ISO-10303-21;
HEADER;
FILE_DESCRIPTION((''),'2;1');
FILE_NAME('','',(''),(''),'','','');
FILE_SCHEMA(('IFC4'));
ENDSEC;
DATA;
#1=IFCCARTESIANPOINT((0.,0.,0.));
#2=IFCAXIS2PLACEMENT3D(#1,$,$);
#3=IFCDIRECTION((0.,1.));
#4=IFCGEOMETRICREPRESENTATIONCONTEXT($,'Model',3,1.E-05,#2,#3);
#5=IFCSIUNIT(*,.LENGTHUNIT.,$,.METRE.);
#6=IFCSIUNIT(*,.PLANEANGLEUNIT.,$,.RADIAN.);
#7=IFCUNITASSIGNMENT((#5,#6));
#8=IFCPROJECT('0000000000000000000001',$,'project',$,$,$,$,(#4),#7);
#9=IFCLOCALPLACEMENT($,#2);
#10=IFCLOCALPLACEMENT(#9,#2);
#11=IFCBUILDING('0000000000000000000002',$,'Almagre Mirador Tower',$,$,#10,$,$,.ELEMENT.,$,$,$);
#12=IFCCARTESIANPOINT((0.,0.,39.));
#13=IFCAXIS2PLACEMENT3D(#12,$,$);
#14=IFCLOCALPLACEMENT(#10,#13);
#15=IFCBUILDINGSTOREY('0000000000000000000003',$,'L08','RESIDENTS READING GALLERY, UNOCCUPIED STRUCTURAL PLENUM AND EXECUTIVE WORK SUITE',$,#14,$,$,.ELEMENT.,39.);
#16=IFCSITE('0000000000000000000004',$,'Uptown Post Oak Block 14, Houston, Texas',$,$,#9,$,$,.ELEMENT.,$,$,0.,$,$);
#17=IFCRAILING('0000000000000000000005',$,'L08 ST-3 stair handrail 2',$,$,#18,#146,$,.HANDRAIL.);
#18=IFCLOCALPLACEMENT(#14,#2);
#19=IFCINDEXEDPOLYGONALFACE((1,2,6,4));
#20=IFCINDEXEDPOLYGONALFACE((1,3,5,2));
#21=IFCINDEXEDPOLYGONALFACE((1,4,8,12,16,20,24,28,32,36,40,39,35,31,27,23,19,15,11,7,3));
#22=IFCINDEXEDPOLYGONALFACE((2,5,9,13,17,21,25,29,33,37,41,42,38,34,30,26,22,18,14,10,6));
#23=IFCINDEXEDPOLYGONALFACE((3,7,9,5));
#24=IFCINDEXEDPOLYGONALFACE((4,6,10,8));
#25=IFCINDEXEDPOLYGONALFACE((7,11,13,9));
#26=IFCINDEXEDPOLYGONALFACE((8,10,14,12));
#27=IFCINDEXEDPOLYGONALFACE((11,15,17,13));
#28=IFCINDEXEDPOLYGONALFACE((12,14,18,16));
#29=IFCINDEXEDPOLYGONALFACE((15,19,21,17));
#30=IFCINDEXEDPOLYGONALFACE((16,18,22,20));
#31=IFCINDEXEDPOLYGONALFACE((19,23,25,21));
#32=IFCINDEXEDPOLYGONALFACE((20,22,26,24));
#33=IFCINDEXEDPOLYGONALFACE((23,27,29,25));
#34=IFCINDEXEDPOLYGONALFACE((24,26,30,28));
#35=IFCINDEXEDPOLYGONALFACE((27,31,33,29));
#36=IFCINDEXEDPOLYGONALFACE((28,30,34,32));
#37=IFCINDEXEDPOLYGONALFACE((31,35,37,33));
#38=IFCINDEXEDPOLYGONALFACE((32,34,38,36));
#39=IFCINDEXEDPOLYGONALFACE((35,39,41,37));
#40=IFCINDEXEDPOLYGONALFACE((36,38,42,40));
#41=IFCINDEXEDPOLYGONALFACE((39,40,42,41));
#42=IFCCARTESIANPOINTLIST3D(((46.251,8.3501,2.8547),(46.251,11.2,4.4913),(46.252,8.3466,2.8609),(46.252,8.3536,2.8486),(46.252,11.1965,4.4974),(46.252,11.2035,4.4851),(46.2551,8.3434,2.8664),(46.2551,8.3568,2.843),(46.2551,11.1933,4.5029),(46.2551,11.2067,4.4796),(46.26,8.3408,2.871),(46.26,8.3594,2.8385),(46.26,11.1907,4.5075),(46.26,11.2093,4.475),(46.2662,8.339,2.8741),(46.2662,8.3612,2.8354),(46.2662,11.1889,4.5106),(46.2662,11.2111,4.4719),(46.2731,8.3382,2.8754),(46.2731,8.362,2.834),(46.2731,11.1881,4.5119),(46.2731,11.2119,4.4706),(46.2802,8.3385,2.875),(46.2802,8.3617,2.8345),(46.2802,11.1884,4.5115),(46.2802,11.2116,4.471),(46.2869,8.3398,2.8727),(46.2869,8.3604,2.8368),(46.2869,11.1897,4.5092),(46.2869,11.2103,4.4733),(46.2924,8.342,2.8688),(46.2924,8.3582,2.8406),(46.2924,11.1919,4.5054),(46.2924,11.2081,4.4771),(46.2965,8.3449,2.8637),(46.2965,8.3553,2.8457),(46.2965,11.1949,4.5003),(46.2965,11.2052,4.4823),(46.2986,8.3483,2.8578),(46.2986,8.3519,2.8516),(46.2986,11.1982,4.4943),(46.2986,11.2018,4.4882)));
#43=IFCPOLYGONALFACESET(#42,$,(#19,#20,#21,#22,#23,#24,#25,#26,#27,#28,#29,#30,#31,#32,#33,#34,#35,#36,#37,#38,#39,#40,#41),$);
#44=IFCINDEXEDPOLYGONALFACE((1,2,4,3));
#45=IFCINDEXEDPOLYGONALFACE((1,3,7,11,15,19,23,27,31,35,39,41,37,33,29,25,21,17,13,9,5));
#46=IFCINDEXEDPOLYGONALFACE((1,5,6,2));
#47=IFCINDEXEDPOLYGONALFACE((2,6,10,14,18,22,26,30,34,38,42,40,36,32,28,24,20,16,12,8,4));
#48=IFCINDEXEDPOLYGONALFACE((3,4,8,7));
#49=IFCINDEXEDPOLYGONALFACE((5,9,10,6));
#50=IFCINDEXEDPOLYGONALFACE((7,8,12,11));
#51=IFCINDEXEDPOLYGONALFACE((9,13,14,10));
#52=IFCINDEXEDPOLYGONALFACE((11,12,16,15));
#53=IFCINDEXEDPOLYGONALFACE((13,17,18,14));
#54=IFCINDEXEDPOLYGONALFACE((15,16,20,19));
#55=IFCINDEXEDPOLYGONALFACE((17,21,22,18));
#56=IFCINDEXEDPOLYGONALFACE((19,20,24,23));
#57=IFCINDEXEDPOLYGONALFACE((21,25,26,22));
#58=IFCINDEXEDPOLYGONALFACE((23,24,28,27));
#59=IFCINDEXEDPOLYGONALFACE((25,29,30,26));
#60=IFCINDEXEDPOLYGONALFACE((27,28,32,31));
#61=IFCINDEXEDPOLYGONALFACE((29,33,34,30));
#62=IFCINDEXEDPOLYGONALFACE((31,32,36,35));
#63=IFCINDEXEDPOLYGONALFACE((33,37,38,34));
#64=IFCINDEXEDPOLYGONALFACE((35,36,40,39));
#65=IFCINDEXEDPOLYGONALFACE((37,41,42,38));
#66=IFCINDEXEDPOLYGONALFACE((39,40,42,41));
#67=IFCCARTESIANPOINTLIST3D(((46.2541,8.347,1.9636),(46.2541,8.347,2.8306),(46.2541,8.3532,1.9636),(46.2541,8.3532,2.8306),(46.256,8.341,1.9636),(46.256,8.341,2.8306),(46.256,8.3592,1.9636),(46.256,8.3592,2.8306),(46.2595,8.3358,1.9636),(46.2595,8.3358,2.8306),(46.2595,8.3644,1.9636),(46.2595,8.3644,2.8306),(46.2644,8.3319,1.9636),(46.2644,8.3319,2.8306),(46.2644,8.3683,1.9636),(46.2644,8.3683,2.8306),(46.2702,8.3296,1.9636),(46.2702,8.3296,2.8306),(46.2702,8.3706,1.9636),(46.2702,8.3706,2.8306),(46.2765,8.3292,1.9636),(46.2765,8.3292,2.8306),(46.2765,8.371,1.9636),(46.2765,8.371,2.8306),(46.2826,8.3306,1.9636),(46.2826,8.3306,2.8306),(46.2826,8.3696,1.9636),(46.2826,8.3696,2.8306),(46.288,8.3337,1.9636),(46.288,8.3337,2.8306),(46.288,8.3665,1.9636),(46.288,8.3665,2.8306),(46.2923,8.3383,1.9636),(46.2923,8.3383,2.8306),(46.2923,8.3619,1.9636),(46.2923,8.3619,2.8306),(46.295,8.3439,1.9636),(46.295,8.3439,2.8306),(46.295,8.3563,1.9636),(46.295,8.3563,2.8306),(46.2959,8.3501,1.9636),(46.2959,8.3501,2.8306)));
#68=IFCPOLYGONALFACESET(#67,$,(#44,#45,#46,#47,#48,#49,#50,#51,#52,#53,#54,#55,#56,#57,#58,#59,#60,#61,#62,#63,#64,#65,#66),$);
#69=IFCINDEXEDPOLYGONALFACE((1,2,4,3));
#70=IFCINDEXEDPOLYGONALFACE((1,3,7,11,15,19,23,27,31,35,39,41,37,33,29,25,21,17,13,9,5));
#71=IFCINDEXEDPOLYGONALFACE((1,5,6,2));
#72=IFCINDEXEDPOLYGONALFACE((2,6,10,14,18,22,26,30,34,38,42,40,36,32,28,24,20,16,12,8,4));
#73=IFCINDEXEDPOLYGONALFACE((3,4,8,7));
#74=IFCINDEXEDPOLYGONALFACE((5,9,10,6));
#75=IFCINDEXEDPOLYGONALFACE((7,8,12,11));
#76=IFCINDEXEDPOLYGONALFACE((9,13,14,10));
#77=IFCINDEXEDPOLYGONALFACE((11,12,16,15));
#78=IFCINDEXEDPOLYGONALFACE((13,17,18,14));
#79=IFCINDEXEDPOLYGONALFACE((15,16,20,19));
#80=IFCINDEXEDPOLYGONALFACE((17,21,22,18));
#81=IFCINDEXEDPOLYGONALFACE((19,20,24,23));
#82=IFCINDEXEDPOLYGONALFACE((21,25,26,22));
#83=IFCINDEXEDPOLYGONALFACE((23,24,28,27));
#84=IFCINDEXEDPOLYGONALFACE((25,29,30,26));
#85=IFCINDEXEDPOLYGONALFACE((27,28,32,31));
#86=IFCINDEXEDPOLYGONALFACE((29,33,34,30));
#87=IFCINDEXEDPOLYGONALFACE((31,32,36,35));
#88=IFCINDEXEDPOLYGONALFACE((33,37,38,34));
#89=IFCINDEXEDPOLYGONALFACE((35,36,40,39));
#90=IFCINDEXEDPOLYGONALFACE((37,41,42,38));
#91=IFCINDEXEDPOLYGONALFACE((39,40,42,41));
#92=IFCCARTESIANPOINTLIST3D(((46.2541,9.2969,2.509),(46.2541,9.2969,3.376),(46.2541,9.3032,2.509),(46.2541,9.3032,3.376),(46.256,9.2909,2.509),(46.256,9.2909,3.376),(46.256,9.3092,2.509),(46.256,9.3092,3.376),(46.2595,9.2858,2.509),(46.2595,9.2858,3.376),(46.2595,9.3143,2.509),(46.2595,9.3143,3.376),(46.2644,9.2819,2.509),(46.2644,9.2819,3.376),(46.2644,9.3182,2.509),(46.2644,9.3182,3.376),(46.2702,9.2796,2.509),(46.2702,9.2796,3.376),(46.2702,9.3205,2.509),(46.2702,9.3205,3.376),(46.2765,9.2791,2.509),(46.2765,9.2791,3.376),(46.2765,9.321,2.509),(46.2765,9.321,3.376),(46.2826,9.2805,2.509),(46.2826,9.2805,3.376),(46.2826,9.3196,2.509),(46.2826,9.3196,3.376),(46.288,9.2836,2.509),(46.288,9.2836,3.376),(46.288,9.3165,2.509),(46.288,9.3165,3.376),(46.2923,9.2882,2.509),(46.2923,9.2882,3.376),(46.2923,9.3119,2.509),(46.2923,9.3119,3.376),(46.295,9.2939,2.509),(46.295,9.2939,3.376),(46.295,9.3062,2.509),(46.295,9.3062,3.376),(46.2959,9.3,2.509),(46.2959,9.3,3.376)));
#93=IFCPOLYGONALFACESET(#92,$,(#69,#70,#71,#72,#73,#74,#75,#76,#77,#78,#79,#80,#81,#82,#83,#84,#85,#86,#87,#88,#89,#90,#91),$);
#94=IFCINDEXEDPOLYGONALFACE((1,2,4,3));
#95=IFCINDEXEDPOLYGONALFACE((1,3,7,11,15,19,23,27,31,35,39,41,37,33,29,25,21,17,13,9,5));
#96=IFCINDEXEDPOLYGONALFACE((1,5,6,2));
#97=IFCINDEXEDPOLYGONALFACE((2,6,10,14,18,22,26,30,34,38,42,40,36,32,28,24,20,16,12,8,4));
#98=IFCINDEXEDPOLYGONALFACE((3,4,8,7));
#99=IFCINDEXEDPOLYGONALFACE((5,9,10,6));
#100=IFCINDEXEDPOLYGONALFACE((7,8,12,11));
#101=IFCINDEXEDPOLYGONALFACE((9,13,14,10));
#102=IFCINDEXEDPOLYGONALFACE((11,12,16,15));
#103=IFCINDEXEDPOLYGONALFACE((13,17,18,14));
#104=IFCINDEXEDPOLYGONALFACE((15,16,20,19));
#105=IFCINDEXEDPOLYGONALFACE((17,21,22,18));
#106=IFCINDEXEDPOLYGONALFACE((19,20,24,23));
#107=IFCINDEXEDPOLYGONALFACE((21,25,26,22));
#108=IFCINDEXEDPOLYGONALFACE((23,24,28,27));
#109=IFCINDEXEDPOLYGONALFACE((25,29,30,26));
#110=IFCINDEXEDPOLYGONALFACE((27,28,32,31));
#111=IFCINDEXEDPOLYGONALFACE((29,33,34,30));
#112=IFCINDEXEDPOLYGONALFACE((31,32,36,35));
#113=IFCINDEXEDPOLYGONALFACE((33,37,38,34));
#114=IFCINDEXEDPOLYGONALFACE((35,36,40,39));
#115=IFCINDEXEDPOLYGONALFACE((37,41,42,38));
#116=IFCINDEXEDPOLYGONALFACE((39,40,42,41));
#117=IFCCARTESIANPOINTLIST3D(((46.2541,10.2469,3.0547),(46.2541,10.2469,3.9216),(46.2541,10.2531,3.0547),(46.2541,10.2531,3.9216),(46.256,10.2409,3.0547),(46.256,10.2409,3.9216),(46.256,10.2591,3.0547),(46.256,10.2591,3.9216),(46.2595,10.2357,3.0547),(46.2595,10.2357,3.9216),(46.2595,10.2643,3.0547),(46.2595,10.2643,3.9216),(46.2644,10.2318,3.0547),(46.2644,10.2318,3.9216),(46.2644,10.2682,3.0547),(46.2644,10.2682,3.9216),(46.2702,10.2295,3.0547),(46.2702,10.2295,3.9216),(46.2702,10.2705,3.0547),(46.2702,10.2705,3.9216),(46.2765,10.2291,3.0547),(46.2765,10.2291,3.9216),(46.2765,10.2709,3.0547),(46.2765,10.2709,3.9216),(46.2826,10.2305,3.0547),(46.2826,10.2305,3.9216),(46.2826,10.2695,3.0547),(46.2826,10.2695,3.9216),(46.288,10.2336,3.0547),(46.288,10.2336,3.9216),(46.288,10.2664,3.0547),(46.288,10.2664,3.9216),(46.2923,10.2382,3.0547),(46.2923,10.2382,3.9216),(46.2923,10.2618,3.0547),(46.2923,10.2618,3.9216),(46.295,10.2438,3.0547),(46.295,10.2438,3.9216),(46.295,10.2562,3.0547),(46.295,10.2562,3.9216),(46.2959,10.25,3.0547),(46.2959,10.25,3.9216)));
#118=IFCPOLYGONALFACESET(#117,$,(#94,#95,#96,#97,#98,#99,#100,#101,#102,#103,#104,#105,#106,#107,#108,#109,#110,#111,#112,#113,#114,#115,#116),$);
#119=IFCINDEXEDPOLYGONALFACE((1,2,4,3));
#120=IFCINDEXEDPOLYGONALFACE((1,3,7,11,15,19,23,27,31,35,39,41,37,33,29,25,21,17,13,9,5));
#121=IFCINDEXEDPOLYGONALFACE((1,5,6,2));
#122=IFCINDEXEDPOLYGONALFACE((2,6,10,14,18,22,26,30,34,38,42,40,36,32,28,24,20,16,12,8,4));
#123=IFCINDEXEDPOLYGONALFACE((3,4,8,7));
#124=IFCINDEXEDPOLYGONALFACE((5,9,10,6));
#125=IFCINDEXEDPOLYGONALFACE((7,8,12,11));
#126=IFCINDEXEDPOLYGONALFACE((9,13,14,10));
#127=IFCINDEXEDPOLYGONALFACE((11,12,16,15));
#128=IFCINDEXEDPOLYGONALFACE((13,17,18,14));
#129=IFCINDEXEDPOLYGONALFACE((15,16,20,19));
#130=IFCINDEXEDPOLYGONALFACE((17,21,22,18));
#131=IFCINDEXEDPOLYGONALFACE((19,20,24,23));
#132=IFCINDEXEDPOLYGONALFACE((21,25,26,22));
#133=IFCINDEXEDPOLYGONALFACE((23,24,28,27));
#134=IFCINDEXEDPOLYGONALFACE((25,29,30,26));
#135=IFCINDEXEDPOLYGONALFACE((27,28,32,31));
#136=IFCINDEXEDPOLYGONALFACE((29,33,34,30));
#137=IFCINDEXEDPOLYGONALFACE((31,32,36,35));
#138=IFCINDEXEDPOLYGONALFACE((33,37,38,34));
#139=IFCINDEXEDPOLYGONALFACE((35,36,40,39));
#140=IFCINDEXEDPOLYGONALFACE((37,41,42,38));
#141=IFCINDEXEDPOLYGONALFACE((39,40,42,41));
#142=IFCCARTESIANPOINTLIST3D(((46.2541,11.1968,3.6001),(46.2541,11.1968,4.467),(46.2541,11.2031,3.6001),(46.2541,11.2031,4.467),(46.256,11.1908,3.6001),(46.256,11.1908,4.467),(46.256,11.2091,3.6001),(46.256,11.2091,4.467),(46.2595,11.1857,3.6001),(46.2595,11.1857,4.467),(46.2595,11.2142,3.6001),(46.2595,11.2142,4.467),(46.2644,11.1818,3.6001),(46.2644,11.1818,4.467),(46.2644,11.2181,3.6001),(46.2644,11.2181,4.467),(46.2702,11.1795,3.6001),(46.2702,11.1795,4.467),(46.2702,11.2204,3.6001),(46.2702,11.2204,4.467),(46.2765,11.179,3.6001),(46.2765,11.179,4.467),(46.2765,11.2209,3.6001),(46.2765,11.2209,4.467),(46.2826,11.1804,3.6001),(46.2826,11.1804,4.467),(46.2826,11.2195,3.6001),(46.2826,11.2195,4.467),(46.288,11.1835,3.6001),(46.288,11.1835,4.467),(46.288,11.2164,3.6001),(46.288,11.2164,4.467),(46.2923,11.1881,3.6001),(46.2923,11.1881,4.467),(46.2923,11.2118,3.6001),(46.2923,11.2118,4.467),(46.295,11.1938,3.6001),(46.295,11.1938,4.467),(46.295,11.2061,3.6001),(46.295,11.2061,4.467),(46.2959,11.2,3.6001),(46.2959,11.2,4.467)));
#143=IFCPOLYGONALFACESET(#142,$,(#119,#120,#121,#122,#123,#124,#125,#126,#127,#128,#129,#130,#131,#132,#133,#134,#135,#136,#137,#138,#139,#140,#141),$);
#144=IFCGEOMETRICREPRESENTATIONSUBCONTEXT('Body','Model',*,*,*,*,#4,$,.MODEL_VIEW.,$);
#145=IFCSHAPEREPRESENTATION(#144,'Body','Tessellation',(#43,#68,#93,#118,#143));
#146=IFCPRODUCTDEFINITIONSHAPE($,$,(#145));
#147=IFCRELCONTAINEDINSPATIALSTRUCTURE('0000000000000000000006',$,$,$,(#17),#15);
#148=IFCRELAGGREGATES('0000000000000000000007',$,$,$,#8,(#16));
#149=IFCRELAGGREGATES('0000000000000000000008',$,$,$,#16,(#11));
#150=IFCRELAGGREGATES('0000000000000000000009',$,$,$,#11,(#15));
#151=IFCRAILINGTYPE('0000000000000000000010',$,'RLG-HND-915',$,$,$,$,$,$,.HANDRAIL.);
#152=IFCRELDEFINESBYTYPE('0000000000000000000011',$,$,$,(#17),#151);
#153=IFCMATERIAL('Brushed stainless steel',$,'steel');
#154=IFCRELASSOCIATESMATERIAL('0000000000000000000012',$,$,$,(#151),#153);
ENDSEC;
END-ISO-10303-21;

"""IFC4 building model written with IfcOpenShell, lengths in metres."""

from ifc_helpers import new_model, si_unit, direction, frame, origin, origin_2d, place, context, subcontext, project, spatial, circle, extrude, material, type_object, element, save


model = new_model("IFC4")

# Units and contexts
model_context = context("Model", 3, precision=1e-05, world=origin(), true_north=direction((0.0, 1.0)))
body_context = subcontext(model_context, "Body", "Model", "MODEL_VIEW")
ifc_project = project(units=[si_unit("LENGTHUNIT", "METRE"), si_unit("PLANEANGLEUNIT", "RADIAN")], contexts=[model_context])

# Site, building, storey
site_placement = place(None, origin())
site = spatial("IfcSite", under=ifc_project, at=site_placement, Name="Uptown Post Oak Block 14, Houston, Texas", CompositionType="ELEMENT", RefElevation=0.0)
building_placement = place(site_placement, origin())
building = spatial("IfcBuilding", under=site, at=building_placement, Name="Almagre Mirador Tower", CompositionType="ELEMENT")
storey_placement = place(building_placement, frame((0.0, 0.0, 39.0)))
storey = spatial("IfcBuildingStorey", under=building, at=storey_placement, Name="L08", Description="RESIDENTS READING GALLERY, UNOCCUPIED STRUCTURAL PLENUM AND EXECUTIVE WORK SUITE", CompositionType="ELEMENT", Elevation=39.0)

# Railing
ifc_material_1 = material(Name="Brushed stainless steel", Category="steel")
railing_type_1 = type_object("IfcRailingType", Name="RLG-HND-915", PredefinedType="HANDRAIL", material=ifc_material_1)
railing_1_placement = place(storey_placement, frame((46.2749, 8.3501, 1.9636)))
element("IfcRailing", 1, at=railing_1_placement, inside=storey, type_object=railing_type_1, Name="L08 ST-3 stair handrail 2", PredefinedType="HANDRAIL", context=body_context, shape_type="SweptSolid", body=[
    extrude(circle(Radius=0.0239, at=origin_2d()), frame((0.0, 0.0, 0.8911), z_axis=(0.0, 0.867194, 0.49797), x_axis=(-1.0, 0.0, 0.0)), (0.0, 0.0, 1.0), 3.2864),
    extrude(circle(Radius=0.021, at=origin_2d()), origin(), (0.0, 0.0, 1.0), 0.8669),
    extrude(circle(Radius=0.021, at=origin_2d()), frame((0.0, 0.95, 0.5454)), (0.0, 0.0, 1.0), 0.8669),
    extrude(circle(Radius=0.021, at=origin_2d()), frame((0.0, 1.8999, 1.0911)), (0.0, 0.0, 1.0), 0.8669),
    extrude(circle(Radius=0.021, at=origin_2d()), frame((0.0, 2.8499, 1.6365)), (0.0, 0.0, 1.0), 0.8669),
])

save(model, "model.ifc")
